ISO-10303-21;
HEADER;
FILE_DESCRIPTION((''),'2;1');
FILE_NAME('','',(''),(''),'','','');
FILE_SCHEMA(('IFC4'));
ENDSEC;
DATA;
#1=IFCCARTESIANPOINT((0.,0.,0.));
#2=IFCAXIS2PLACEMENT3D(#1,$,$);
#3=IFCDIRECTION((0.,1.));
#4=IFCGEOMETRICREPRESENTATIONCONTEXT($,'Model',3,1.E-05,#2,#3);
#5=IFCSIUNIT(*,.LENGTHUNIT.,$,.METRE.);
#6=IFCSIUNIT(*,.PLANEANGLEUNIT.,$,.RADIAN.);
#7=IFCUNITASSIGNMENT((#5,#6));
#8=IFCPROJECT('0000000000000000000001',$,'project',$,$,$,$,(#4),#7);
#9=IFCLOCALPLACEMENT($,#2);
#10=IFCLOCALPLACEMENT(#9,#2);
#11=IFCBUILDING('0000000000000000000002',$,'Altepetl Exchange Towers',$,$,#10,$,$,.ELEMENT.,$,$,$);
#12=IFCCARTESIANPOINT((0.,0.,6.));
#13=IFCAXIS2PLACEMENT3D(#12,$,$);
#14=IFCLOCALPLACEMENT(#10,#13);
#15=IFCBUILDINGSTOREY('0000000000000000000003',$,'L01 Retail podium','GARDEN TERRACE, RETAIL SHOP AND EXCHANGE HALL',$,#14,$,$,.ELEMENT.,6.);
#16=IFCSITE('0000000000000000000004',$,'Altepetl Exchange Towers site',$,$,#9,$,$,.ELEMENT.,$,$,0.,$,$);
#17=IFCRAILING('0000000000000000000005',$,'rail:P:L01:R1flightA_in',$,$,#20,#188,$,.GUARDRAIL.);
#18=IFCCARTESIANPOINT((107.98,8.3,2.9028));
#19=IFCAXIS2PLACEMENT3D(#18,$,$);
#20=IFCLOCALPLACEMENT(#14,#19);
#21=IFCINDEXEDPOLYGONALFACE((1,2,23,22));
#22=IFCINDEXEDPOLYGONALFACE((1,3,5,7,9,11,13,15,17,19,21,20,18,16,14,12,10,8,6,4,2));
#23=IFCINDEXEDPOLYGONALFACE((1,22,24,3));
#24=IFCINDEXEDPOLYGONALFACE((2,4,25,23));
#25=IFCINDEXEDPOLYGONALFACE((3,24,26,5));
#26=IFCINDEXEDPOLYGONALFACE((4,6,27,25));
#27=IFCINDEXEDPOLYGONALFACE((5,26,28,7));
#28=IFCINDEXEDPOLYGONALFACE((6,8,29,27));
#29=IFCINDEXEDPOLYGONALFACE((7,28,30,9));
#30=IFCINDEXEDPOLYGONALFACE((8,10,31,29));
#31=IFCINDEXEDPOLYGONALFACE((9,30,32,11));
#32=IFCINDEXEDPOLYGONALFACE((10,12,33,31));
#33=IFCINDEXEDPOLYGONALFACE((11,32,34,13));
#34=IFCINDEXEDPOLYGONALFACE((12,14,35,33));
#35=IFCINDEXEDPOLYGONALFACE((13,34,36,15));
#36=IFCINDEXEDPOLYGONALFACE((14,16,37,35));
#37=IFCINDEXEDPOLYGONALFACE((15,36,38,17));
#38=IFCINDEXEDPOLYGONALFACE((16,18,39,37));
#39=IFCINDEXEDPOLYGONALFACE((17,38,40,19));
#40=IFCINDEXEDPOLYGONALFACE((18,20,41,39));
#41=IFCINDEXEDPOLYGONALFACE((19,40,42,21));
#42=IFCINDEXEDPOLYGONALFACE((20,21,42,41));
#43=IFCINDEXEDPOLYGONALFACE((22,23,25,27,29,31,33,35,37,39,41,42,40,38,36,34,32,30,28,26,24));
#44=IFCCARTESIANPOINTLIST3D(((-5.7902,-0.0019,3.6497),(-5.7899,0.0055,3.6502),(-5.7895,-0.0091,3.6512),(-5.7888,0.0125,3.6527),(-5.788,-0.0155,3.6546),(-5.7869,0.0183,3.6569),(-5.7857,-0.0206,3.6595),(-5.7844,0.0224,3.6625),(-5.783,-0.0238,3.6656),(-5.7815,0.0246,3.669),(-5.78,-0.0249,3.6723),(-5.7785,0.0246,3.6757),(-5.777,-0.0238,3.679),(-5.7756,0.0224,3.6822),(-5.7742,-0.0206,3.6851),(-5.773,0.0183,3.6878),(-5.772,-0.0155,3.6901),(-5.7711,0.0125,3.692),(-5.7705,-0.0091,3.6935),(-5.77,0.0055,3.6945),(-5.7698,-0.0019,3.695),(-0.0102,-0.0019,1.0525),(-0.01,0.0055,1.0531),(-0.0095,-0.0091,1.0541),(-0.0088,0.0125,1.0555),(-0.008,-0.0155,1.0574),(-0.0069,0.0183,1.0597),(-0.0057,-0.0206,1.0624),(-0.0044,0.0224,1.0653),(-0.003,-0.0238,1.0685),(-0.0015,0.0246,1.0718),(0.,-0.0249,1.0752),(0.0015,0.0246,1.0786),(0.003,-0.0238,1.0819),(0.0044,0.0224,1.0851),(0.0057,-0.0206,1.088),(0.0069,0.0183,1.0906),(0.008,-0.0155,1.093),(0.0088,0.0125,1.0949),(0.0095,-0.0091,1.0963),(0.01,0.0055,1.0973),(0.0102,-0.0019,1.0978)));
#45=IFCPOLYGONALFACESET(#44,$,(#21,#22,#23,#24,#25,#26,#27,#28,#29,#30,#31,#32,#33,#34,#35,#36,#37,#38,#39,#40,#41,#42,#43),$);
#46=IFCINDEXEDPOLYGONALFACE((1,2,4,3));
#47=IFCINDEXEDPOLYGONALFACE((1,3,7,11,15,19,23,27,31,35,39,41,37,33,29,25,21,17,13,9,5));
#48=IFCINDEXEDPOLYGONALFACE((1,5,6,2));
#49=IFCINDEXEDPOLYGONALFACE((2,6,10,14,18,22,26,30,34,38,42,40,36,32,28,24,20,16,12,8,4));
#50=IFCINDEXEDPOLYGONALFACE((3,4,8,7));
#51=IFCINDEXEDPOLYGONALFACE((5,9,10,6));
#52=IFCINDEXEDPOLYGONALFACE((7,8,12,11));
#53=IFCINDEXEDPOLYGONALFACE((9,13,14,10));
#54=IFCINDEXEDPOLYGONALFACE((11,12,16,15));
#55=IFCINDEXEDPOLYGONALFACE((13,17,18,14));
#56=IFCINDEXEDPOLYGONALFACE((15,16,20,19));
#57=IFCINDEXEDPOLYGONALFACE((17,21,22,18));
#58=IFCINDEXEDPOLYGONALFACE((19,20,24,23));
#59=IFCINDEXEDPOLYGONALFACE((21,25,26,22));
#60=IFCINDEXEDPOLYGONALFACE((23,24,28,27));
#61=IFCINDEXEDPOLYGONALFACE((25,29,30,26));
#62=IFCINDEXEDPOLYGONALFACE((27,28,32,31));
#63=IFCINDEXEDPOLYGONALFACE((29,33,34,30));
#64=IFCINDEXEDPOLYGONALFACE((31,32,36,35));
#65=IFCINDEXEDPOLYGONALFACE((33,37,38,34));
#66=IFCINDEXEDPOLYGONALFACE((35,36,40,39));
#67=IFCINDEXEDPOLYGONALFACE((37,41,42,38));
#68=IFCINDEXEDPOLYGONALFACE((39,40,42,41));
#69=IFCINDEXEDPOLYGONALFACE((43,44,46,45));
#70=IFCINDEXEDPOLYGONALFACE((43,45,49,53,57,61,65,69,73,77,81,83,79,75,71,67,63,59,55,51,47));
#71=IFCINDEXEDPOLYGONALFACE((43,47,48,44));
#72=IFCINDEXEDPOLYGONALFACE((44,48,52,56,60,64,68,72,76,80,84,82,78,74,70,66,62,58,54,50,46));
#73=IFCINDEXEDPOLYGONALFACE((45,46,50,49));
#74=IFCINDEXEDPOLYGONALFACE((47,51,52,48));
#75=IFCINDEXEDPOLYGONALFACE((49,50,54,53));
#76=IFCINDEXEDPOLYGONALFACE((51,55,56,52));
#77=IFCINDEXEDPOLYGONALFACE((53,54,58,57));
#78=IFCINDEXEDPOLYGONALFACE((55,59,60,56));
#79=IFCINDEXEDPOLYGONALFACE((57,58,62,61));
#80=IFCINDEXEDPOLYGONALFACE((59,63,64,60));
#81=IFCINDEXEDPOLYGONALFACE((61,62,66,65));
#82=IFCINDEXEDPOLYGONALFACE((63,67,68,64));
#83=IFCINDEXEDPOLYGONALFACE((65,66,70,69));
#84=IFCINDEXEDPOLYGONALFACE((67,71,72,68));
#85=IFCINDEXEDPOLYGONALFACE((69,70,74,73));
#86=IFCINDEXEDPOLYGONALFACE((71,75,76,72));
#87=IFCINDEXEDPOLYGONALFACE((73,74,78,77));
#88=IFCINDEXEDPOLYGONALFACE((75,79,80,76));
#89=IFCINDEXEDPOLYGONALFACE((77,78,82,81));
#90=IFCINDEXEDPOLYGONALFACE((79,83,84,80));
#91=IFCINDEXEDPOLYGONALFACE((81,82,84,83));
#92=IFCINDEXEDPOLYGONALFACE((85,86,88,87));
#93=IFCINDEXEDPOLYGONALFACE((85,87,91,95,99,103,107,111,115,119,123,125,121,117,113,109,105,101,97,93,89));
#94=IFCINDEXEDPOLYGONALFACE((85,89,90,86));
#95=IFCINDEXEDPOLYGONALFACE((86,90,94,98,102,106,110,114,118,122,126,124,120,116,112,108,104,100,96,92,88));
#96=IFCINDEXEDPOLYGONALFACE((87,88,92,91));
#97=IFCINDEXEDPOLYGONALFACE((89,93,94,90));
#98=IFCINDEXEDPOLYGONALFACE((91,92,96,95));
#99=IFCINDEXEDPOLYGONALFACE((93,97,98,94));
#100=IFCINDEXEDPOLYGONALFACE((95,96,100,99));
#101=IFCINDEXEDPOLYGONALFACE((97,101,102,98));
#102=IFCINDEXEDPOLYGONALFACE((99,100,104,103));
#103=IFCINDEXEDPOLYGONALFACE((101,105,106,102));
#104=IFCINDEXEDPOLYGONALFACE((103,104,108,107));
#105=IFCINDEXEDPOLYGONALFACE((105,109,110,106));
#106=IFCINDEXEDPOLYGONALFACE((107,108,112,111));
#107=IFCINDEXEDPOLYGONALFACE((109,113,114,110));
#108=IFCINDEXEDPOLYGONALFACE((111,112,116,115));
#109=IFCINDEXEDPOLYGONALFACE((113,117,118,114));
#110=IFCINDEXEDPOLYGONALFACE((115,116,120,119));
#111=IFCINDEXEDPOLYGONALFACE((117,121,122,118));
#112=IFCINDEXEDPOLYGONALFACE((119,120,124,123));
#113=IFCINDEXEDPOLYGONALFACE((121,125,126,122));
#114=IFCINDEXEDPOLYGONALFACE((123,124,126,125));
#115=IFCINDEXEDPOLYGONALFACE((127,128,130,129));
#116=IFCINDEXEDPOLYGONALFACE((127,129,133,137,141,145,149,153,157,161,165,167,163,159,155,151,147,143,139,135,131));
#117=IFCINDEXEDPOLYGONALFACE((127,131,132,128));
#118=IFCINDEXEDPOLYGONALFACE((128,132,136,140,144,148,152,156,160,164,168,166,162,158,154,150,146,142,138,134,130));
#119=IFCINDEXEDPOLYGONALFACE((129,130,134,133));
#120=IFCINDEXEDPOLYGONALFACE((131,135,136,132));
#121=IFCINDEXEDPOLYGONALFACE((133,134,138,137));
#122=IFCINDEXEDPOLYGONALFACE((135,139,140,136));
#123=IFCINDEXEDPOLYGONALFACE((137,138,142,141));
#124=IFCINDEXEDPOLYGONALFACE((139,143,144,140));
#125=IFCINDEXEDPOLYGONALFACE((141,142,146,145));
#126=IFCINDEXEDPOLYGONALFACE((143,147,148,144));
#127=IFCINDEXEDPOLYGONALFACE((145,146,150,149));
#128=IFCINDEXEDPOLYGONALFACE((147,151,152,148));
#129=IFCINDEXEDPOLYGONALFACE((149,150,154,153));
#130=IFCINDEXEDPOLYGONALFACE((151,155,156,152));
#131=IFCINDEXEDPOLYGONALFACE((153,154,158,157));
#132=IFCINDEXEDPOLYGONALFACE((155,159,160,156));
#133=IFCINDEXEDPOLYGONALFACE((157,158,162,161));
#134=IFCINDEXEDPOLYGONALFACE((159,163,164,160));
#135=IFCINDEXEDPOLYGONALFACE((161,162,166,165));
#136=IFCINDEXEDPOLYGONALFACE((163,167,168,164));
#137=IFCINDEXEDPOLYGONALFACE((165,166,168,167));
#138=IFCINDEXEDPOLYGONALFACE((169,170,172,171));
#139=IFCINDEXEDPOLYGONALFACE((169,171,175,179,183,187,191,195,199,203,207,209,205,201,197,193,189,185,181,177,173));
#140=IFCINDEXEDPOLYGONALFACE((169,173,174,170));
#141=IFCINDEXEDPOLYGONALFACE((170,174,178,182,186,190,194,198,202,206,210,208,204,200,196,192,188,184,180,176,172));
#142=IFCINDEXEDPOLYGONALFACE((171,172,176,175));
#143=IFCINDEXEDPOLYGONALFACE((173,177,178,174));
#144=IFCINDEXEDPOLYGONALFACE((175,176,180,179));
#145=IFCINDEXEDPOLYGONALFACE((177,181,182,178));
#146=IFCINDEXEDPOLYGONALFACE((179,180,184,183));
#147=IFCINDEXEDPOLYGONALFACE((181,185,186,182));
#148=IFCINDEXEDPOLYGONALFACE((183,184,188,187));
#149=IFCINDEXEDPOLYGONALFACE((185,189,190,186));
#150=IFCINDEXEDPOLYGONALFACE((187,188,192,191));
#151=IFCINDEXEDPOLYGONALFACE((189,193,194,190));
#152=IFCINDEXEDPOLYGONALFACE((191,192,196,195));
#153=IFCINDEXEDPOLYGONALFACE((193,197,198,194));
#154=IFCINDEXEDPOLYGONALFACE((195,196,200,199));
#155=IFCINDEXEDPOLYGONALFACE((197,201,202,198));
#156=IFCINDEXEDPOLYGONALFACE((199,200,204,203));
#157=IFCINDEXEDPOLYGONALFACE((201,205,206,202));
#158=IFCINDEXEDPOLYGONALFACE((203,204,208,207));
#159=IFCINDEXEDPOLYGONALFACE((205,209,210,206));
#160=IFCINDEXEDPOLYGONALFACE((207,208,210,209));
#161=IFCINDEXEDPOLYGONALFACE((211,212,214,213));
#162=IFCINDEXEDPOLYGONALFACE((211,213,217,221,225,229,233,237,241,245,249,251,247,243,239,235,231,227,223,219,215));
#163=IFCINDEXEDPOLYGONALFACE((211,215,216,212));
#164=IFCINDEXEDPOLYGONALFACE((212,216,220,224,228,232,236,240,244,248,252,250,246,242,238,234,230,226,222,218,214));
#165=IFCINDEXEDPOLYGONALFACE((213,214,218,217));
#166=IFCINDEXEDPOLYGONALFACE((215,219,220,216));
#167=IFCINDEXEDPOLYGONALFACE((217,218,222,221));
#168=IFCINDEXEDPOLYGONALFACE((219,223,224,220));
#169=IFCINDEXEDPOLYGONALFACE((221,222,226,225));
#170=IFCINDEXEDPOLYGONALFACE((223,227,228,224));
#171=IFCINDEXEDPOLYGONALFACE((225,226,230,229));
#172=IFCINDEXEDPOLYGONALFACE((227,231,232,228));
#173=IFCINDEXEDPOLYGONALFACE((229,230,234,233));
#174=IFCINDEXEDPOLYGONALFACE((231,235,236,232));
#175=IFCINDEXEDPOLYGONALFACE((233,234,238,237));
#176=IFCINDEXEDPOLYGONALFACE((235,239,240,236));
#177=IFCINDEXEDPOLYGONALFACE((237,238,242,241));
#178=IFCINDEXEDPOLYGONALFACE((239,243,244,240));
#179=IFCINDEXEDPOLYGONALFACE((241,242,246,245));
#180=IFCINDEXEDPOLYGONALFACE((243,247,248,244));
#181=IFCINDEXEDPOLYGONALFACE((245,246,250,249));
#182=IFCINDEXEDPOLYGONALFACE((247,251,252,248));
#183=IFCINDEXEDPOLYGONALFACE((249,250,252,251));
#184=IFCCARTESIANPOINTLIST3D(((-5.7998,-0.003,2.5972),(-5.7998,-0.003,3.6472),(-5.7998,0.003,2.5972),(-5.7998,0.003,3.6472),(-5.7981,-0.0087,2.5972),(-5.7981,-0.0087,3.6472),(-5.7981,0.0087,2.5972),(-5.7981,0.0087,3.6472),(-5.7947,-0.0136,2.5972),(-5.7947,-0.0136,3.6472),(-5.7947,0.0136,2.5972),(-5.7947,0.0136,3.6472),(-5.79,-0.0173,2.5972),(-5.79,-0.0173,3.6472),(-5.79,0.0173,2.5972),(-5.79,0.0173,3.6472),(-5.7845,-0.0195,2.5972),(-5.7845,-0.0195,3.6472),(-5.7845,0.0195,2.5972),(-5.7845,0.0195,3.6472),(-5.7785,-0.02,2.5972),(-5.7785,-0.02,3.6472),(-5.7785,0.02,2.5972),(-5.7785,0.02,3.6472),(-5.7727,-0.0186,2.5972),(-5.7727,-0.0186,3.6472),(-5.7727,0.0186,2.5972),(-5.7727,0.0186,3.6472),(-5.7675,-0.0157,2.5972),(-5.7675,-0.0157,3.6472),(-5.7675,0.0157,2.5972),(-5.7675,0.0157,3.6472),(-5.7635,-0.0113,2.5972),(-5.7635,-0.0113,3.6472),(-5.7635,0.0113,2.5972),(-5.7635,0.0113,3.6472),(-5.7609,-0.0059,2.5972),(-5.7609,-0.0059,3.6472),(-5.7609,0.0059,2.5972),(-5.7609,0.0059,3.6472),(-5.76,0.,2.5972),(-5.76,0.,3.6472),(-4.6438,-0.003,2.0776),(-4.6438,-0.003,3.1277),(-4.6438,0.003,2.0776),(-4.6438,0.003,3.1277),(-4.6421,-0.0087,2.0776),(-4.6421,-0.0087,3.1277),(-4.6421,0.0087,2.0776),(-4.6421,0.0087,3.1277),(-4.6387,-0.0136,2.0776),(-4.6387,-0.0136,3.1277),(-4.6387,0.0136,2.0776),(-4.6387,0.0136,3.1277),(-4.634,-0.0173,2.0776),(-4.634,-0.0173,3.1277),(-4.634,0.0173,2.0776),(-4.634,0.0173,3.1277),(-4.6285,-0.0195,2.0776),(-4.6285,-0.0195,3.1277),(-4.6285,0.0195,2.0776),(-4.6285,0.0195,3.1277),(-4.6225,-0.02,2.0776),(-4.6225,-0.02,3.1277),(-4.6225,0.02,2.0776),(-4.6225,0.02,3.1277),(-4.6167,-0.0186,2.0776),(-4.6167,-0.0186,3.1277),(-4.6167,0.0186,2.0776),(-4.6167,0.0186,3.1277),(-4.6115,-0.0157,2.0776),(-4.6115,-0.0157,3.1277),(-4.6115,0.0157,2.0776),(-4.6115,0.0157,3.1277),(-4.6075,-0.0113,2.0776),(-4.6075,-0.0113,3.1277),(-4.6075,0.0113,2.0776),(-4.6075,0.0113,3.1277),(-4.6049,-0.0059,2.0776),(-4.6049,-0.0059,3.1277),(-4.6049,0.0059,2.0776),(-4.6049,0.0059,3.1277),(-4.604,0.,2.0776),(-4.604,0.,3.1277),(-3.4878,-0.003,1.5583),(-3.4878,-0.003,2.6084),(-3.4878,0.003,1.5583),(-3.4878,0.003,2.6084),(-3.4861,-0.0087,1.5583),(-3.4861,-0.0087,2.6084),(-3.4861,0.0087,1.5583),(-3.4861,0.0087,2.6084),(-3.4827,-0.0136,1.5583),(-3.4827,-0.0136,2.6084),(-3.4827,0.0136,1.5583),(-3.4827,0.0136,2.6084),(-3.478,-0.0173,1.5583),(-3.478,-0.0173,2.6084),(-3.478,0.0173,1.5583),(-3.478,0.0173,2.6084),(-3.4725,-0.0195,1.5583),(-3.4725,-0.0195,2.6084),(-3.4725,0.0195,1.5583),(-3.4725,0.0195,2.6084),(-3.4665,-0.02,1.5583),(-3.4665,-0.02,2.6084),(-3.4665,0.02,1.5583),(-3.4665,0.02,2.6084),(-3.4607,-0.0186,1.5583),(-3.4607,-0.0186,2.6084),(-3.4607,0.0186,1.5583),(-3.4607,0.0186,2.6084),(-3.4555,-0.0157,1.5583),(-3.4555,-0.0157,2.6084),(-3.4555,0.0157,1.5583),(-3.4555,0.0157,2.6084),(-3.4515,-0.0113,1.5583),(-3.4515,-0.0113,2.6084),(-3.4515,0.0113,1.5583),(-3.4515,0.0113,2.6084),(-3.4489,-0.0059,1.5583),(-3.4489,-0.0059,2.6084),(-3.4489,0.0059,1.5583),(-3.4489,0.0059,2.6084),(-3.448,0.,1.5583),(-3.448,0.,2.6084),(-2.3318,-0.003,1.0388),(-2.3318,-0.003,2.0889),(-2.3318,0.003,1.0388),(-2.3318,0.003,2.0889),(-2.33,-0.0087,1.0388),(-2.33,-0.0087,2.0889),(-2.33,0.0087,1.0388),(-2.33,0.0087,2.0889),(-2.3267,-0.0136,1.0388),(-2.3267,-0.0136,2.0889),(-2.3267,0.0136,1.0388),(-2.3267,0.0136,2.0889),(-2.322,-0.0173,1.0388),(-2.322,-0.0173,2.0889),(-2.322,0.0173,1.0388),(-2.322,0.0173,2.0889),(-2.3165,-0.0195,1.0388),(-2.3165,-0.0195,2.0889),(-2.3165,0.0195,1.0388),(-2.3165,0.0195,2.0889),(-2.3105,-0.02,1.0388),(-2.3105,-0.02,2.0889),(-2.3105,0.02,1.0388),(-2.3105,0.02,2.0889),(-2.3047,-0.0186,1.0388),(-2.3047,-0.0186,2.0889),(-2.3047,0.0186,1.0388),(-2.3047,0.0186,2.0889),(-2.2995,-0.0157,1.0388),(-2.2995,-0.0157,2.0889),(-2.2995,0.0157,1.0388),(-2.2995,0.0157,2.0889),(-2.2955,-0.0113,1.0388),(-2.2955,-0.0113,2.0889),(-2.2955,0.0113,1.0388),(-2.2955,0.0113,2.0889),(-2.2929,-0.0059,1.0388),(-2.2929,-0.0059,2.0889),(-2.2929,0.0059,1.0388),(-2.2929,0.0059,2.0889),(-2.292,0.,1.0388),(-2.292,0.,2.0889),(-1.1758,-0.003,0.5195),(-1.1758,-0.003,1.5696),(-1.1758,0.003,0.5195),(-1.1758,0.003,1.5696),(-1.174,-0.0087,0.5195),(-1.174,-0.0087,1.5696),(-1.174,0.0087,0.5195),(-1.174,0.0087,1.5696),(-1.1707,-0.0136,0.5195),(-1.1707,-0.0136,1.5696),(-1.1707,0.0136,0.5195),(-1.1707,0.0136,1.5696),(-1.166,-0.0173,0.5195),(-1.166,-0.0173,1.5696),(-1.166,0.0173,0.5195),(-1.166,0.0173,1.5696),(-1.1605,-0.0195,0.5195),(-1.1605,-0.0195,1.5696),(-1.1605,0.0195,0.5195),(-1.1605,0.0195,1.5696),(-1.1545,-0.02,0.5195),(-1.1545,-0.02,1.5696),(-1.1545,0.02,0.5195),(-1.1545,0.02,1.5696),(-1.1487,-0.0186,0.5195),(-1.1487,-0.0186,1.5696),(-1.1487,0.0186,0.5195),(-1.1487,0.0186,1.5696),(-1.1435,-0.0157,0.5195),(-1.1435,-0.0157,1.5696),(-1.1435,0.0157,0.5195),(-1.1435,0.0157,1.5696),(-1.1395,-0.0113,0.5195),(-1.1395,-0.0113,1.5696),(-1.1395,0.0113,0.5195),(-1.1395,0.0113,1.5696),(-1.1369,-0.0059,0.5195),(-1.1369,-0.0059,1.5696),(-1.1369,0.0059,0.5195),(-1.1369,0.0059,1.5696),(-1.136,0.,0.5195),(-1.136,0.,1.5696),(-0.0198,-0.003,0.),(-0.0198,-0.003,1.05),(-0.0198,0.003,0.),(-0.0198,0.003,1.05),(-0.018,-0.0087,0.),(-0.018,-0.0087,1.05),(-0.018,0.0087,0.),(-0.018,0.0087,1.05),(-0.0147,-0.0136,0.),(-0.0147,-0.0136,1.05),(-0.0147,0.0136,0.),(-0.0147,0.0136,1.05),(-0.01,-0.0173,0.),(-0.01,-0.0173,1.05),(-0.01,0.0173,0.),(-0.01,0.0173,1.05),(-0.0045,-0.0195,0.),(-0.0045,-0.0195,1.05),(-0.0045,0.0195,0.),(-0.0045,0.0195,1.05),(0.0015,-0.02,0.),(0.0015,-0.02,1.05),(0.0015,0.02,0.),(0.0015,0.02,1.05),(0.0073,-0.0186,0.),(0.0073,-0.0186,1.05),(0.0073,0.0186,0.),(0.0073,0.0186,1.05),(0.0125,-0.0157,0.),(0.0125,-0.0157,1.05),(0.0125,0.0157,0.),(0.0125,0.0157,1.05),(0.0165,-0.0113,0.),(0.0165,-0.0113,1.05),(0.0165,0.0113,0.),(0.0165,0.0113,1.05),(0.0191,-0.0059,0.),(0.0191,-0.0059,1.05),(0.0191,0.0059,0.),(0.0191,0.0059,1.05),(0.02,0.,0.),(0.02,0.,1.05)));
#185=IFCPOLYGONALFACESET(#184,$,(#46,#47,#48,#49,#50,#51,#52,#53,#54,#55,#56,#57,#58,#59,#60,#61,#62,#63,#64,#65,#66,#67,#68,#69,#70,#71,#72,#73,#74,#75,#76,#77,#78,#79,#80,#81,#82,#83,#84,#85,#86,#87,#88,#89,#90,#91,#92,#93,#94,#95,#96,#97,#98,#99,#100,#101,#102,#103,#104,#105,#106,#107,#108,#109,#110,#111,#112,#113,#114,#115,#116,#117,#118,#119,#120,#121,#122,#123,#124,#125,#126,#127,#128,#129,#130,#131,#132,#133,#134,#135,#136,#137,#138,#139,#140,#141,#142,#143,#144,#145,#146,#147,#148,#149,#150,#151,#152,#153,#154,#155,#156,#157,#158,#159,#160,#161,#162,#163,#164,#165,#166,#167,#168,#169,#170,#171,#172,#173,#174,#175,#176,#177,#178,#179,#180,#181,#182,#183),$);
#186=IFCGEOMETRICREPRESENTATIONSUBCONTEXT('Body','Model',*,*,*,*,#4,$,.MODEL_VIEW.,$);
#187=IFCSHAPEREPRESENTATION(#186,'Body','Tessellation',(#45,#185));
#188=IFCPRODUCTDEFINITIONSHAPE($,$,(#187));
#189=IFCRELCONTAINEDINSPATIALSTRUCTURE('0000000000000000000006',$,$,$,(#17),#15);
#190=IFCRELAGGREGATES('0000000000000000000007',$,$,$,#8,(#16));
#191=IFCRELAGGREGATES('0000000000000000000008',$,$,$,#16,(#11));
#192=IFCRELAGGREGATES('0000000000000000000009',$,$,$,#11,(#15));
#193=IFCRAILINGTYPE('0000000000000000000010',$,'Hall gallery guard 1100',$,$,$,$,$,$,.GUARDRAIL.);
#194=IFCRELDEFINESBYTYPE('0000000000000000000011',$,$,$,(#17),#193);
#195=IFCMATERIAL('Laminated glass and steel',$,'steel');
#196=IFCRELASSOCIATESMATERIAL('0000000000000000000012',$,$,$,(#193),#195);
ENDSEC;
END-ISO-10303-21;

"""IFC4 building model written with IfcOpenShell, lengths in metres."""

from ifc_helpers import new_model, si_unit, direction, frame, origin, origin_2d, place, context, subcontext, project, spatial, circle, extrude, source, transform, mapped, material, type_object, element, save


model = new_model("IFC4")

# Units and contexts
model_context = context("Model", 3, precision=1e-05, world=origin(), true_north=direction((0.0, 1.0)))
body_context = subcontext(model_context, "Body", "Model", "MODEL_VIEW")
ifc_project = project(units=[si_unit("LENGTHUNIT", "METRE"), si_unit("PLANEANGLEUNIT", "RADIAN")], contexts=[model_context])

# Site, building, storey
site_placement = place(None, origin())
site = spatial("IfcSite", under=ifc_project, at=site_placement, Name="Altepetl Exchange Towers site", CompositionType="ELEMENT", RefElevation=0.0)
building_placement = place(site_placement, origin())
building = spatial("IfcBuilding", under=site, at=building_placement, Name="Altepetl Exchange Towers", CompositionType="ELEMENT")
storey_placement = place(building_placement, frame((0.0, 0.0, 6.0)))
storey = spatial("IfcBuildingStorey", under=building, at=storey_placement, Name="L01 Retail podium", Description="GARDEN TERRACE, RETAIL SHOP AND EXCHANGE HALL", CompositionType="ELEMENT", Elevation=6.0)

# Railing
ifc_material_1 = material(Name="Laminated glass and steel", Category="steel")
railing_type_1 = type_object("IfcRailingType", Name="Hall gallery guard 1100", PredefinedType="GUARDRAIL", material=ifc_material_1)
shared_shape_1 = source(origin(), body_context, "Body", "SweptSolid", [
    extrude(circle(Radius=0.02, at=origin_2d()), origin(), (0.0, 0.0, 1.0), 1.05),
])
for number, where, name in (
    (1, (107.98, 8.3, 2.9028), "rail:P:L01:R1flightA_in"),
):
    element("IfcRailing", number, at=place(storey_placement, frame(where)), inside=storey, type_object=railing_type_1, Name=name, PredefinedType="GUARDRAIL", context=body_context, shape_type="SweptSolid", body=[
        extrude(circle(Radius=0.0249, at=origin_2d()), frame((0.0, 0.0, 1.0752), z_axis=(-0.912148, 0.0, 0.40986), x_axis=(0.0, -1.0, 0.0)), (0.0, 0.0, 1.0), 6.3367),
        mapped(shared_shape_1, transform((0.0, 0.0, 0.0))),
        mapped(shared_shape_1, transform((-1.156, 0.0, 0.5195))),
        mapped(shared_shape_1, transform((-2.312, 0.0, 1.0388))),
        mapped(shared_shape_1, transform((-3.468, 0.0, 1.5583))),
        mapped(shared_shape_1, transform((-4.624, 0.0, 2.0776))),
        mapped(shared_shape_1, transform((-5.78, 0.0, 2.5972))),
    ])

save(model, "model.ifc")
